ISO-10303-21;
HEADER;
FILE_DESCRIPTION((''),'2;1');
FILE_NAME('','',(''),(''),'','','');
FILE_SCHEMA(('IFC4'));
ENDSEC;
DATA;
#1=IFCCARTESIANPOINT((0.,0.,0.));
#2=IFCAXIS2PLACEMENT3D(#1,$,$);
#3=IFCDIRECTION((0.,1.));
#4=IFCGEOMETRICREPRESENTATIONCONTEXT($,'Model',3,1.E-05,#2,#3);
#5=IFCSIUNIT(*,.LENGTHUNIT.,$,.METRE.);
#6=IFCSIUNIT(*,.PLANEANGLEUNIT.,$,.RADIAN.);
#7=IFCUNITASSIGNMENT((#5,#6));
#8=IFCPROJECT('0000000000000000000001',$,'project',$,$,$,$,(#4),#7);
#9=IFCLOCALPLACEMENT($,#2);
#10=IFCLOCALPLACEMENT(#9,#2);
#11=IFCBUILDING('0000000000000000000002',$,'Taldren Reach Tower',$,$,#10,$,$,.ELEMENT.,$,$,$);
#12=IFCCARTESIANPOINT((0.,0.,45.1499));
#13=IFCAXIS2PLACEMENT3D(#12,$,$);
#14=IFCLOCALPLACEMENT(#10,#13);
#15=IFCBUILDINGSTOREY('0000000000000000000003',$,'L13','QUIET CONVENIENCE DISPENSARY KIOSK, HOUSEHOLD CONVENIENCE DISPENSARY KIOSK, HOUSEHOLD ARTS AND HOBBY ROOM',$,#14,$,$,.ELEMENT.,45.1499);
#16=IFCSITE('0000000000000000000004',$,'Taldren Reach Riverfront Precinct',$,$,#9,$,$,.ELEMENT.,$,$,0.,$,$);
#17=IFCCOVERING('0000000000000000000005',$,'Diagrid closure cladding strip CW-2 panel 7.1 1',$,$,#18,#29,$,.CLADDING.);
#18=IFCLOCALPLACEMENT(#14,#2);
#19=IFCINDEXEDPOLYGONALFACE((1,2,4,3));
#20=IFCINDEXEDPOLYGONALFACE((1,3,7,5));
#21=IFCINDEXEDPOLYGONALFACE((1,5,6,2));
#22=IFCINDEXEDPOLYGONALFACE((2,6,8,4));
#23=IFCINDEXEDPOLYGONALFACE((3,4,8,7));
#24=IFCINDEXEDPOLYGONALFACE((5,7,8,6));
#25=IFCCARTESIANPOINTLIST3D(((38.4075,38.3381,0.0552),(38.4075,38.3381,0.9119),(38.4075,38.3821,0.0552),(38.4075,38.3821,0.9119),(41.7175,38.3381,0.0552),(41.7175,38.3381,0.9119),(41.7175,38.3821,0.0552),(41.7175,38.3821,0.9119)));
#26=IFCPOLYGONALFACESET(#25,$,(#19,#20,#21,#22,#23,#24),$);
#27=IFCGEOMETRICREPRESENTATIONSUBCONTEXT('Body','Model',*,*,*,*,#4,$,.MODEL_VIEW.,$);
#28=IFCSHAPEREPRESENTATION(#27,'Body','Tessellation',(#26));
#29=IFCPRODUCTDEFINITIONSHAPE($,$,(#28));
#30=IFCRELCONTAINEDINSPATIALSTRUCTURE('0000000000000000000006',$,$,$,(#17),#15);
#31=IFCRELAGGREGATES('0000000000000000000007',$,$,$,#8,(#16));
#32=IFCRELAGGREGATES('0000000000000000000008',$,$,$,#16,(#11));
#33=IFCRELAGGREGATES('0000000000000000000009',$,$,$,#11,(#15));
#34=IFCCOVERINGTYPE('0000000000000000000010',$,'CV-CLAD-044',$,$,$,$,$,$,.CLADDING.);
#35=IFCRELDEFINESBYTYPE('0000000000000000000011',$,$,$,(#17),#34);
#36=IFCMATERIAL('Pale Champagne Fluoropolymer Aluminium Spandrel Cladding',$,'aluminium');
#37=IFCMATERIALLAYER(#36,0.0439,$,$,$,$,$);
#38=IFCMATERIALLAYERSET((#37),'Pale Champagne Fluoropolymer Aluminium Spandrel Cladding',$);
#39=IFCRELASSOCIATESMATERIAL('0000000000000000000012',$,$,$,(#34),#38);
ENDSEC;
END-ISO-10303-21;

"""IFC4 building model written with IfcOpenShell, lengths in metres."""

from ifc_helpers import new_model, si_unit, direction, frame, origin, origin_2d, place, context, subcontext, project, spatial, rectangle, extrude, source, transform, mapped, material, layer, layer_set, type_object, element, save


model = new_model("IFC4")

# Units and contexts
model_context = context("Model", 3, precision=1e-05, world=origin(), true_north=direction((0.0, 1.0)))
body_context = subcontext(model_context, "Body", "Model", "MODEL_VIEW")
ifc_project = project(units=[si_unit("LENGTHUNIT", "METRE"), si_unit("PLANEANGLEUNIT", "RADIAN")], contexts=[model_context])

# Site, building, storey
site_placement = place(None, origin())
site = spatial("IfcSite", under=ifc_project, at=site_placement, Name="Taldren Reach Riverfront Precinct", CompositionType="ELEMENT", RefElevation=0.0)
building_placement = place(site_placement, origin())
building = spatial("IfcBuilding", under=site, at=building_placement, Name="Taldren Reach Tower", CompositionType="ELEMENT")
storey_placement = place(building_placement, frame((0.0, 0.0, 45.1499)))
storey = spatial("IfcBuildingStorey", under=building, at=storey_placement, Name="L13", Description="QUIET CONVENIENCE DISPENSARY KIOSK, HOUSEHOLD CONVENIENCE DISPENSARY KIOSK, HOUSEHOLD ARTS AND HOBBY ROOM", CompositionType="ELEMENT", Elevation=45.1499)

# Covering
ifc_material_1 = material(Name="Pale Champagne Fluoropolymer Aluminium Spandrel Cladding", Category="aluminium")
ifc_layer_1 = layer(ifc_material_1, 0.0439)
ifc_layer_set_1 = layer_set([ifc_layer_1], Name="Pale Champagne Fluoropolymer Aluminium Spandrel Cladding")
covering_type = type_object("IfcCoveringType", Name="CV-CLAD-044", PredefinedType="CLADDING", material=ifc_layer_set_1)
shared_shape_1 = source(origin(), body_context, "Body", "SweptSolid", [
    extrude(rectangle(XDim=3.3101, YDim=0.0439, at=origin_2d()), origin(), (0.0, 0.0, 1.0), 0.8567),
])
covering_1_placement = place(storey_placement, frame((40.0625, 38.3601, 0.0552), z_axis=(0.0, 0.0, 1.0), x_axis=(-1.0, 0.0, 0.0)))
element("IfcCovering", 1, at=covering_1_placement, inside=storey, type_object=covering_type, Name="Diagrid closure cladding strip CW-2 panel 7.1 1", PredefinedType="CLADDING", context=body_context, shape_type="MappedRepresentation", body=[
    mapped(shared_shape_1, transform((0.0, 0.0, 0.0), scale=1.0)),
])

save(model, "model.ifc")
